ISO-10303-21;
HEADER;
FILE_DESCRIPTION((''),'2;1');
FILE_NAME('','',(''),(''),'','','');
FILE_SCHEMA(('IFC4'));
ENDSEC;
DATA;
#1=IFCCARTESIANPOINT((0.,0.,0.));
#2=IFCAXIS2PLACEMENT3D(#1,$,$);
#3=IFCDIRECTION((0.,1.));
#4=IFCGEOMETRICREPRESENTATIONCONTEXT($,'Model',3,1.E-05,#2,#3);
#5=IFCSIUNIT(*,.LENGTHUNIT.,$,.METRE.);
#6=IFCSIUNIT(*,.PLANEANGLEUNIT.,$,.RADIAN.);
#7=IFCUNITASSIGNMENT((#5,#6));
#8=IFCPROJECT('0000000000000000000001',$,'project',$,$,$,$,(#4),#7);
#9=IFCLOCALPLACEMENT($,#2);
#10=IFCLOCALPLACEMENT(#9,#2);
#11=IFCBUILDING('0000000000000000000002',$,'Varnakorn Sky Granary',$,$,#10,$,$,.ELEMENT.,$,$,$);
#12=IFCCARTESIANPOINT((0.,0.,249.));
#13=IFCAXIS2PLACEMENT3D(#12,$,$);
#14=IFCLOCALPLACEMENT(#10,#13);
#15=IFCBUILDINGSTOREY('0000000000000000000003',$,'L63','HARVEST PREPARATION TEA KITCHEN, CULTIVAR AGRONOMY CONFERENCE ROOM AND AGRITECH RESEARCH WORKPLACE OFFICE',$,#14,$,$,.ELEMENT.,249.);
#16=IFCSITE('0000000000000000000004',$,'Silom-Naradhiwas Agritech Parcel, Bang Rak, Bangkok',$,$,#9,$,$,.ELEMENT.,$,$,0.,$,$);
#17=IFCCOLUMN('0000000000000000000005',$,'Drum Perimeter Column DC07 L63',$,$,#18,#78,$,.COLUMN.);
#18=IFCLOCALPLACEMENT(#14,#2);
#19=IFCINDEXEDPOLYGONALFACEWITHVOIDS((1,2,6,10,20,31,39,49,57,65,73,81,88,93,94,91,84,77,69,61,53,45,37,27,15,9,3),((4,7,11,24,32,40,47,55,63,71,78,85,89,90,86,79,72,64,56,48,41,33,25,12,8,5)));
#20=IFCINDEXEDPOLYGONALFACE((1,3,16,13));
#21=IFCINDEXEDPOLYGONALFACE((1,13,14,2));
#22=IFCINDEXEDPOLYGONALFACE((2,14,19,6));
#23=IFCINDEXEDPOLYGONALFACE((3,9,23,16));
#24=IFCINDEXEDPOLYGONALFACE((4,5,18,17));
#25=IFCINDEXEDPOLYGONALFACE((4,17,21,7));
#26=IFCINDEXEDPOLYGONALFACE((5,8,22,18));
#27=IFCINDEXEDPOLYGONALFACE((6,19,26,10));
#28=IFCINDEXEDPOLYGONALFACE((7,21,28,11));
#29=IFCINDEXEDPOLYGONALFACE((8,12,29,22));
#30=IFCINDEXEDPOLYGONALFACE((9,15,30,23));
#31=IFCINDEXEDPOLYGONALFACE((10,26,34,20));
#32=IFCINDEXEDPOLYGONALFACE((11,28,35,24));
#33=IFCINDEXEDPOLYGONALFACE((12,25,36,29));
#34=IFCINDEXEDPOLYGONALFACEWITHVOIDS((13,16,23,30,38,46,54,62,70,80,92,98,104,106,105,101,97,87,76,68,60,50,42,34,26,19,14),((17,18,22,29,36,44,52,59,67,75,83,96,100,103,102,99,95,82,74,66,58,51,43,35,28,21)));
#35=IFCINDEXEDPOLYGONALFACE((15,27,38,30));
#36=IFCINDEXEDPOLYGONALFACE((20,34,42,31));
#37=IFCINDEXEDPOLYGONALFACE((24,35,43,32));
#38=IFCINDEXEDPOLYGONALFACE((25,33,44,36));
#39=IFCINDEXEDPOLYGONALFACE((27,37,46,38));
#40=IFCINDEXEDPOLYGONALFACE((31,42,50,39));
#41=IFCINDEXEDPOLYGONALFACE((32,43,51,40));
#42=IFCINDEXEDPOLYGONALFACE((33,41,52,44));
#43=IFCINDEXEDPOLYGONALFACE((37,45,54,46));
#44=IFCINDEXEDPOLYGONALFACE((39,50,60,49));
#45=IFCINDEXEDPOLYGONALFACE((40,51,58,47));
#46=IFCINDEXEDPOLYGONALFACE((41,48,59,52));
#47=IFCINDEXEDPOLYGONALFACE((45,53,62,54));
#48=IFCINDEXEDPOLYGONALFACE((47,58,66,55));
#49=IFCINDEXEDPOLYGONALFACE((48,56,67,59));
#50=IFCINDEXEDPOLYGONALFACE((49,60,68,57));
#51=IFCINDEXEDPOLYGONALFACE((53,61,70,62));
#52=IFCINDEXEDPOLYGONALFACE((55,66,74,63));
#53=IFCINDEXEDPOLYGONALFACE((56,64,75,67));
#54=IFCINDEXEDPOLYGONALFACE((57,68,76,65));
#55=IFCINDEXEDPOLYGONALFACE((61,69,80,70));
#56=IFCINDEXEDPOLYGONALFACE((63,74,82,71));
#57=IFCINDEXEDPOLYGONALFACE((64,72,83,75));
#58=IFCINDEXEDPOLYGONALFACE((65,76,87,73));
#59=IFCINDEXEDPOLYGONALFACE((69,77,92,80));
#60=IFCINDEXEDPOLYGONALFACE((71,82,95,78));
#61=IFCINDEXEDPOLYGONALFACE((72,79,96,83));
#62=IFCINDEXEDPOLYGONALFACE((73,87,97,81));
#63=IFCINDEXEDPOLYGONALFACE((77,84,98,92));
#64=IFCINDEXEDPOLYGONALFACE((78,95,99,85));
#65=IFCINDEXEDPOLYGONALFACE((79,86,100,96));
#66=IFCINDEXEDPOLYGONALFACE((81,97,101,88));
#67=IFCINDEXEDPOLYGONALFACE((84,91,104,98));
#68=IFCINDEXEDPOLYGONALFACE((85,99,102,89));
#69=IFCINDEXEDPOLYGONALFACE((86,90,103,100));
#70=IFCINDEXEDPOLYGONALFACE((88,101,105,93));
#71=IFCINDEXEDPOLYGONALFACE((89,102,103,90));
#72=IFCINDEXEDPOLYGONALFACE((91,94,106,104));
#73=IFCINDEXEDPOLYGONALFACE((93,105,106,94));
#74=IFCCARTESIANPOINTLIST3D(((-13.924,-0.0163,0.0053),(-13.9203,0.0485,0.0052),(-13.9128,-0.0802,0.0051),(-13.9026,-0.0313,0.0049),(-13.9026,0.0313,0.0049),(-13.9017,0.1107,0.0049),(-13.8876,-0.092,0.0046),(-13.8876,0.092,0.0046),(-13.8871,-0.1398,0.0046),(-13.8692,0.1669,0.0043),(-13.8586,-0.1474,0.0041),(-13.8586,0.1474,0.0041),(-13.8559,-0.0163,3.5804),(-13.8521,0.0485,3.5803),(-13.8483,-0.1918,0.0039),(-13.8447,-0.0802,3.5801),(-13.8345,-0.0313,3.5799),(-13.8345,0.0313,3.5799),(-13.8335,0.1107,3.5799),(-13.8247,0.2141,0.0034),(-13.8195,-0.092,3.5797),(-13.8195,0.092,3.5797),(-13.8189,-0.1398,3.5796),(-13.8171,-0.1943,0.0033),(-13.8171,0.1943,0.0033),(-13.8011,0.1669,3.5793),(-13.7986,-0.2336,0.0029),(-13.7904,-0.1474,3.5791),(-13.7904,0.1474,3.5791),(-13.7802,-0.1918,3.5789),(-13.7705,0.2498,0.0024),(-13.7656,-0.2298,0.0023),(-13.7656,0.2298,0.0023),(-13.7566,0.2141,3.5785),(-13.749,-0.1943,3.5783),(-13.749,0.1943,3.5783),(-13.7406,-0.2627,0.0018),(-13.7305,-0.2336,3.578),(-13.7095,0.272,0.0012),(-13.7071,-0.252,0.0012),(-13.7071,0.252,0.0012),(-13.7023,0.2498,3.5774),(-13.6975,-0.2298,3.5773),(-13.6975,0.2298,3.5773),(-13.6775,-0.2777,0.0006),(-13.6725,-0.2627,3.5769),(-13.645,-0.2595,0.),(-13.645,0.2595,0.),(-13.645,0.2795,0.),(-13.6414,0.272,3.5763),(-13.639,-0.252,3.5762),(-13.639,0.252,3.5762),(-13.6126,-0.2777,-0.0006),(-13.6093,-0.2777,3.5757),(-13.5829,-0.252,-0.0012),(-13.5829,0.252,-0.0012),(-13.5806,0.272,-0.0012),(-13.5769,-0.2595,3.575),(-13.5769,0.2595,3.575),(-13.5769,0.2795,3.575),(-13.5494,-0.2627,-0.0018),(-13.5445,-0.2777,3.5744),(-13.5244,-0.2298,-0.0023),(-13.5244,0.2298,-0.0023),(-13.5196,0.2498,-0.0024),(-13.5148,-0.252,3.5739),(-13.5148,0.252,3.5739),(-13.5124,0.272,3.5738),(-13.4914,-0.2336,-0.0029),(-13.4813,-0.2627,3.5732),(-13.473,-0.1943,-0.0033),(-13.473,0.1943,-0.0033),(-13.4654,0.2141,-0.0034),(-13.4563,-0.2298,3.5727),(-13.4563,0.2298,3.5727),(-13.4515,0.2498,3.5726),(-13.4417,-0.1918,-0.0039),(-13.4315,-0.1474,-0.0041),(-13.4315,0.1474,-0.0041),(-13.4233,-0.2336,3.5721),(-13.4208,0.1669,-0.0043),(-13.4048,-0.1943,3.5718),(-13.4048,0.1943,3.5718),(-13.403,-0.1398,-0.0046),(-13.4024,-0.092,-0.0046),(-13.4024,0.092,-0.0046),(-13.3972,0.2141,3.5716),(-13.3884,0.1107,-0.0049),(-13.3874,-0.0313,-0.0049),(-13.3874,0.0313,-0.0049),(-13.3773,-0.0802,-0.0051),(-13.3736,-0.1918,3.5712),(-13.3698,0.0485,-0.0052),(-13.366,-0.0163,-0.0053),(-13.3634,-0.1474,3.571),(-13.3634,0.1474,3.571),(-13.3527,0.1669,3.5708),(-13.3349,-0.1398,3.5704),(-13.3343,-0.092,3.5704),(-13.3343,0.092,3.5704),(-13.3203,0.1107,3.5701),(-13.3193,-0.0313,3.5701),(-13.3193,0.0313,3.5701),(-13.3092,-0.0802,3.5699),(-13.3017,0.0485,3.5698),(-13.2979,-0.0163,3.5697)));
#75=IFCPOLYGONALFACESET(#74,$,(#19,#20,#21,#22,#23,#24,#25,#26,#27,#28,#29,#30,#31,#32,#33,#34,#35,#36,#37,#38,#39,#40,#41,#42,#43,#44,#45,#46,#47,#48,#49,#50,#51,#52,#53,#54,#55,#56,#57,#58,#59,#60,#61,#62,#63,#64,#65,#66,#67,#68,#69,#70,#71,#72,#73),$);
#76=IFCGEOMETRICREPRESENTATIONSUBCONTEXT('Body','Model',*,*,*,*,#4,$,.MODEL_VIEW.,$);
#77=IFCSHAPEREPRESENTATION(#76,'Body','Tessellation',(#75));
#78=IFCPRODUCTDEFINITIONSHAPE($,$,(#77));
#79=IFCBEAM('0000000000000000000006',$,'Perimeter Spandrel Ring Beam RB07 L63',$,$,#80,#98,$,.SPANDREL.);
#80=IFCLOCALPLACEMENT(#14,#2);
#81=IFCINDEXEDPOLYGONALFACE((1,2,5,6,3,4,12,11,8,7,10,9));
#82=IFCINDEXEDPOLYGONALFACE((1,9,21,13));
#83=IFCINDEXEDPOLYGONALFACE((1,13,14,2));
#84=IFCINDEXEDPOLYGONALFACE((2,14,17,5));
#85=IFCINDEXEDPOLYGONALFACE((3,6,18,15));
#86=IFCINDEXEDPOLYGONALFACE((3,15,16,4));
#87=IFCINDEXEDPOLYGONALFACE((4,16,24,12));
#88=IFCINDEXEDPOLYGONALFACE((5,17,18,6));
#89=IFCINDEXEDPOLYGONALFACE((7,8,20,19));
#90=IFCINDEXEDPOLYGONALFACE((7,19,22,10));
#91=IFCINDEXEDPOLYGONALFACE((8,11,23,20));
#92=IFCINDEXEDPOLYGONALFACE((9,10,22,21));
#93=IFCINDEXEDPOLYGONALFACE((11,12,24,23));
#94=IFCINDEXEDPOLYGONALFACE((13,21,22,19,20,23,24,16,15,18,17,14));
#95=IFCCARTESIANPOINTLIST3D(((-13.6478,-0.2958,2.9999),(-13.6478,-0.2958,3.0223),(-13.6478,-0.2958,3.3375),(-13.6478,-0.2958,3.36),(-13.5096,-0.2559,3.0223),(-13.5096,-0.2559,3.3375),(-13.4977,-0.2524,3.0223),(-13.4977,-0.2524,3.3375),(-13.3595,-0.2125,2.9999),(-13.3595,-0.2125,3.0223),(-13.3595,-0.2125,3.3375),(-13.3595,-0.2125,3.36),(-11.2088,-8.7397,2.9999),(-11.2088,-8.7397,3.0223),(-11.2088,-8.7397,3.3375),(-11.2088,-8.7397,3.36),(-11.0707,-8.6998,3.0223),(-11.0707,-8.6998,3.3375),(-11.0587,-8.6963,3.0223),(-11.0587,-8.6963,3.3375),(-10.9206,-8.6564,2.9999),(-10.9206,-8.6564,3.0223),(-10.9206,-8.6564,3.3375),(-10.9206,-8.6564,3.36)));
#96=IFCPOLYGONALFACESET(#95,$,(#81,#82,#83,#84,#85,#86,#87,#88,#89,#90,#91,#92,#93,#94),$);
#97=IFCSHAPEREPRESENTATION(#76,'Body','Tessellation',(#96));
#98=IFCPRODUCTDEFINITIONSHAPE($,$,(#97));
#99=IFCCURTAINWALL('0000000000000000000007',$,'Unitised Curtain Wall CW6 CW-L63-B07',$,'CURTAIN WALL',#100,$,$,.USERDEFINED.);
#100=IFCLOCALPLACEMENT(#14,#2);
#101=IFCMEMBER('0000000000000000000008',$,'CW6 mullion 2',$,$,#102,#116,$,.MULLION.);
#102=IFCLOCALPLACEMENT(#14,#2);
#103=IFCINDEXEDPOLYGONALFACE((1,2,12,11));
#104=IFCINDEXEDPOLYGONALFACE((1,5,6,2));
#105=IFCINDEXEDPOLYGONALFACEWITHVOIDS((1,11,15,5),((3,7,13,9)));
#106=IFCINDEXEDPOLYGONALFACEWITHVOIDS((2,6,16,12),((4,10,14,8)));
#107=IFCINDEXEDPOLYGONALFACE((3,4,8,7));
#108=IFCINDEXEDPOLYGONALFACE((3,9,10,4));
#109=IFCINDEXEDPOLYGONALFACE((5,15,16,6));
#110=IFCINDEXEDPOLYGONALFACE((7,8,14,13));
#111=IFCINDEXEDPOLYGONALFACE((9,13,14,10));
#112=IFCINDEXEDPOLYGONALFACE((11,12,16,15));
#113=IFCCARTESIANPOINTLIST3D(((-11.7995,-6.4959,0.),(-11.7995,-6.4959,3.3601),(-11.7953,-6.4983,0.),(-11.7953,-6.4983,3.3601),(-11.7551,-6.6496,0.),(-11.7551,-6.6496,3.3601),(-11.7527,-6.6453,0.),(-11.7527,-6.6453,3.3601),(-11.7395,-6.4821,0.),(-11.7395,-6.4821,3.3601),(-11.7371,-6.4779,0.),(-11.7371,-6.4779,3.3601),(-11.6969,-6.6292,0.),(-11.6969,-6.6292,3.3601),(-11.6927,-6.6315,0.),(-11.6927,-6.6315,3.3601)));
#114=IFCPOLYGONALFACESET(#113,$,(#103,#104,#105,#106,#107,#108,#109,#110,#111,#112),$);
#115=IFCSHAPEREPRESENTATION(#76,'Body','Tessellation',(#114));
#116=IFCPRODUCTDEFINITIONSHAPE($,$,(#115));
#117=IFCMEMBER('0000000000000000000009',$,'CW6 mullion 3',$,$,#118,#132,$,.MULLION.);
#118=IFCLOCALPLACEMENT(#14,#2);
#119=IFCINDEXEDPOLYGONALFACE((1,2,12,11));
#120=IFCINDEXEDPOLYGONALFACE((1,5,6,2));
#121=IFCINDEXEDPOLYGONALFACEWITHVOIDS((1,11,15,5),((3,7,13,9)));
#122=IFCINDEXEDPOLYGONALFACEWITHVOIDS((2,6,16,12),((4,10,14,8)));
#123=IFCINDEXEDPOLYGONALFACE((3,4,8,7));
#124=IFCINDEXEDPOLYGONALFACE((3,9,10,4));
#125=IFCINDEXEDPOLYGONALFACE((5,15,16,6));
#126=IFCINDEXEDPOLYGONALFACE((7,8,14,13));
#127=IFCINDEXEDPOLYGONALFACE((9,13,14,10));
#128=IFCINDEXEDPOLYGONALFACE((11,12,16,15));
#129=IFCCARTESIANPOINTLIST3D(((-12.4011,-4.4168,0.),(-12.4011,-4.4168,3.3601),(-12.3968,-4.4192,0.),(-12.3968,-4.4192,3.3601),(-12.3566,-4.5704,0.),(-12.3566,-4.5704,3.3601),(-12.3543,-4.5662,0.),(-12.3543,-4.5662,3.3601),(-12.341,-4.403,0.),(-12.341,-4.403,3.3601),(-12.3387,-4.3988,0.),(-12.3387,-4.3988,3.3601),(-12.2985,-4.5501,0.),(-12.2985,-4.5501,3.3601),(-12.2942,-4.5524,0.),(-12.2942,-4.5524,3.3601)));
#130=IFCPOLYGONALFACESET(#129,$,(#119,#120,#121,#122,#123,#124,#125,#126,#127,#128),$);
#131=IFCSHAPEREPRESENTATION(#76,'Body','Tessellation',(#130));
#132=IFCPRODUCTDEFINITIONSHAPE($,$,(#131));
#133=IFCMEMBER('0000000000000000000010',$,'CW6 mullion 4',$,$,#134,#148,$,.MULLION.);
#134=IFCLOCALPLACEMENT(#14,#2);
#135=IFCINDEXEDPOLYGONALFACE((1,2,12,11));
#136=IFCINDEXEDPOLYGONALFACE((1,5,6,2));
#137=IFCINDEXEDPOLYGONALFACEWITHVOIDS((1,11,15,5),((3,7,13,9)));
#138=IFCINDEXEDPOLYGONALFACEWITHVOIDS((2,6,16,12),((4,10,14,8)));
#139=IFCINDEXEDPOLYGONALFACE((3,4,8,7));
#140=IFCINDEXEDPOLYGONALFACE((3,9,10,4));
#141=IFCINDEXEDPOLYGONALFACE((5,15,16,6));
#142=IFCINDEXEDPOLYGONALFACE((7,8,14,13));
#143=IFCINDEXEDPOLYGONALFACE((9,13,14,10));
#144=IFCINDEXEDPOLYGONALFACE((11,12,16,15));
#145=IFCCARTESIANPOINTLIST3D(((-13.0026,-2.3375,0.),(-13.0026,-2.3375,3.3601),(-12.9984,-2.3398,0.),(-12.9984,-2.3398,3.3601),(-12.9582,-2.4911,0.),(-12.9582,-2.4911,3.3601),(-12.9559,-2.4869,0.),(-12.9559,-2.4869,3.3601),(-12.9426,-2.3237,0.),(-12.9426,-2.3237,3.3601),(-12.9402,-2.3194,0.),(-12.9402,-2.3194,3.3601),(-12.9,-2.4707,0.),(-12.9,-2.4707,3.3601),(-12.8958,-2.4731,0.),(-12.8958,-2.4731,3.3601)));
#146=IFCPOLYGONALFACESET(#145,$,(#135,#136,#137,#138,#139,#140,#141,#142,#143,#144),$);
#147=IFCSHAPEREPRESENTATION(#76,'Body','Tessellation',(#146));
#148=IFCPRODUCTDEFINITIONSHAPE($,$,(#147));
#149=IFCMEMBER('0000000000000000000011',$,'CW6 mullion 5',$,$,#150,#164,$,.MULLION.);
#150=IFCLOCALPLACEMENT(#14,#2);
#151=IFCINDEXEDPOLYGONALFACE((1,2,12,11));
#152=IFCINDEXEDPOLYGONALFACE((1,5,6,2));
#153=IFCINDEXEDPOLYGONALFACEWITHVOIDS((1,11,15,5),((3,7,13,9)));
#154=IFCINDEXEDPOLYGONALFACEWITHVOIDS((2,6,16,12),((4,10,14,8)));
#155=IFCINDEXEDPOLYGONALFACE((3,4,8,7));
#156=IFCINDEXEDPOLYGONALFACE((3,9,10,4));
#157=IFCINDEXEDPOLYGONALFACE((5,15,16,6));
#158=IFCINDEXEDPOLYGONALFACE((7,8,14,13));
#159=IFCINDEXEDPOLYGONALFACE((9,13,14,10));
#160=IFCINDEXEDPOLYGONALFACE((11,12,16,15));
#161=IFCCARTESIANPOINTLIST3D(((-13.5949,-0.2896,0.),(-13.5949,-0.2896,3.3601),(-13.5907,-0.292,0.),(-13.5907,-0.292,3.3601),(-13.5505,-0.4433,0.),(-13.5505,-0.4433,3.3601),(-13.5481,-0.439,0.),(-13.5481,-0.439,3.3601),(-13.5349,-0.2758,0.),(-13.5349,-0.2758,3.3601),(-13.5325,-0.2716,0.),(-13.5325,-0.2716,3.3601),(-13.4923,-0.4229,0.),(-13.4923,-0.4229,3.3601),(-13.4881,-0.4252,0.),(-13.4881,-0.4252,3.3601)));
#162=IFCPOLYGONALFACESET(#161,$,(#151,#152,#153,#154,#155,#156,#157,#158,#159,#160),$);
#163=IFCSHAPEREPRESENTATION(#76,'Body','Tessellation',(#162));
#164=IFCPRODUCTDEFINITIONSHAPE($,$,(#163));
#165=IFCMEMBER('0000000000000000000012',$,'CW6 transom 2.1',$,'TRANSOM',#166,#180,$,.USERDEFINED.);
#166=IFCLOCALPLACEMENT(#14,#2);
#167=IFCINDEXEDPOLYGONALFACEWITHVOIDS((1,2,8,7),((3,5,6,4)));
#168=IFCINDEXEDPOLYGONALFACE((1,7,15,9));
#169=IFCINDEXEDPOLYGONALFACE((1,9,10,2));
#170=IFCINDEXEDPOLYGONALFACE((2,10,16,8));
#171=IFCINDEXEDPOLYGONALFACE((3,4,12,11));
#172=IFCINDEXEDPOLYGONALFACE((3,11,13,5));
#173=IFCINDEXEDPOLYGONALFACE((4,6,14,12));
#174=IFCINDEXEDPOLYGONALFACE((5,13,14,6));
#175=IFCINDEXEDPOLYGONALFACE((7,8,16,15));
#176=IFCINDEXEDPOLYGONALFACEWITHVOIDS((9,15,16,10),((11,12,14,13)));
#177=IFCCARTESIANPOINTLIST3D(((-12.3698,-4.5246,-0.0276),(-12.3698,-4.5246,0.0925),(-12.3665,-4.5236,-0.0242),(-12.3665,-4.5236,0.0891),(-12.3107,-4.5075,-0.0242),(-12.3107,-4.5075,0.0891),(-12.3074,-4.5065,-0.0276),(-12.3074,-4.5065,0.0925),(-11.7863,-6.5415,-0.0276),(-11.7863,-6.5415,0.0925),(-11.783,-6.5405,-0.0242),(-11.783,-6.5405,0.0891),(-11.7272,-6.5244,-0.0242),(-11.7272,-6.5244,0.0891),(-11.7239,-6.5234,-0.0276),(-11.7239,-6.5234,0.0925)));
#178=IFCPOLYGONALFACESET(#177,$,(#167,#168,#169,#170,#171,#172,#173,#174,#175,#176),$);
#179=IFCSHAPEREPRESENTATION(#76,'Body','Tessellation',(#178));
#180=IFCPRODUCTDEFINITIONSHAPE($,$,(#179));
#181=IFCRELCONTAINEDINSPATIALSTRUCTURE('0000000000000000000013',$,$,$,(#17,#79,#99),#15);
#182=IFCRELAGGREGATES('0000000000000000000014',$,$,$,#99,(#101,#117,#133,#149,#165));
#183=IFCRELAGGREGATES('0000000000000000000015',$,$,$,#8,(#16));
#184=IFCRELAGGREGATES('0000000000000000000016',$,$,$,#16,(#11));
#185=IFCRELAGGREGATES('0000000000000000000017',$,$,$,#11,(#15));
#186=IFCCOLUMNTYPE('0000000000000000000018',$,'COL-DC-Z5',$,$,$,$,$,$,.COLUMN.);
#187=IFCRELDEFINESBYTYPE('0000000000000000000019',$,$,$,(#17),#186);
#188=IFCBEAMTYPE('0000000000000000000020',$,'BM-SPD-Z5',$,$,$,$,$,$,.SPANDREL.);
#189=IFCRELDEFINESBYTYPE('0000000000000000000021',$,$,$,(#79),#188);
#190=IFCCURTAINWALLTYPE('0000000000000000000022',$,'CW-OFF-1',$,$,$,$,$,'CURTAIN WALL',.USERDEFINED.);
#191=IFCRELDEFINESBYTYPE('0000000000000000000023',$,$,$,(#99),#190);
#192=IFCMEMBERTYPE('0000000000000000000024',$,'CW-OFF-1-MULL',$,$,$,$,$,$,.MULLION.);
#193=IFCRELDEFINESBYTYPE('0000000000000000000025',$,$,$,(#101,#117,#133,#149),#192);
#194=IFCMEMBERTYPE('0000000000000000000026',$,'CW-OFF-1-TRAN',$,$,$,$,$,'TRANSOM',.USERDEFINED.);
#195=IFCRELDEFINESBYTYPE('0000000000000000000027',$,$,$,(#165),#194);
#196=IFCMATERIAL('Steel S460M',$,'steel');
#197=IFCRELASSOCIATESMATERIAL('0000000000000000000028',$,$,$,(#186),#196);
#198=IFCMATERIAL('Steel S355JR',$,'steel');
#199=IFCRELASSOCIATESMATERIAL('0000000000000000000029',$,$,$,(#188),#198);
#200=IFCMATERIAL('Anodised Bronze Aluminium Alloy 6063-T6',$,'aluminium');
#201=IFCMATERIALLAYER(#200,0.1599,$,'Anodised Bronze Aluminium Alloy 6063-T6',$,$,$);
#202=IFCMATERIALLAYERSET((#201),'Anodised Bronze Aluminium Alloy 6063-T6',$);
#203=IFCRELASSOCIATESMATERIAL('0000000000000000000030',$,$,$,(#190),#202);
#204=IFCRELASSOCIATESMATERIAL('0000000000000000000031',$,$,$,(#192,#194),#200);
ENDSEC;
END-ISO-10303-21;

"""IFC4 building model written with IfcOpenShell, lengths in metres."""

from ifc_helpers import new_model, si_unit, direction, frame, origin, origin_2d, place, context, subcontext, project, spatial, hollow_rectangle, hollow_circle, i_section, extrude, material, layer, layer_set, material_profile, profile_set, type_object, element, aggregate, save


model = new_model("IFC4")

# Units and contexts
model_context = context("Model", 3, precision=1e-05, world=origin(), true_north=direction((0.0, 1.0)))
body_context = subcontext(model_context, "Body", "Model", "MODEL_VIEW")
ifc_project = project(units=[si_unit("LENGTHUNIT", "METRE"), si_unit("PLANEANGLEUNIT", "RADIAN")], contexts=[model_context])

# Site, building, storey
site_placement = place(None, origin())
site = spatial("IfcSite", under=ifc_project, at=site_placement, Name="Silom-Naradhiwas Agritech Parcel, Bang Rak, Bangkok", CompositionType="ELEMENT", RefElevation=0.0)
building_placement = place(site_placement, origin())
building = spatial("IfcBuilding", under=site, at=building_placement, Name="Varnakorn Sky Granary", CompositionType="ELEMENT")
storey_placement = place(building_placement, frame((0.0, 0.0, 249.0)))
storey = spatial("IfcBuildingStorey", under=building, at=storey_placement, Name="L63", Description="HARVEST PREPARATION TEA KITCHEN, CULTIVAR AGRONOMY CONFERENCE ROOM AND AGRITECH RESEARCH WORKPLACE OFFICE", CompositionType="ELEMENT", Elevation=249.0)

# Column
ifc_material_1 = material(Name="Steel S460M", Category="steel")
ifc_material_profile_1 = material_profile(ifc_material_1, hollow_circle(Radius=0.2795, WallThickness=0.02, at=origin_2d()), Name="CHS 559x20")
ifc_profile_set_1 = profile_set([ifc_material_profile_1], Name="Steel S460M")
column_type = type_object("IfcColumnType", Name="COL-DC-Z5", PredefinedType="COLUMN", material=ifc_profile_set_1)
column_placement = place(storey_placement, frame((-13.645, 0.0, 0.0), z_axis=(0.01905, 0.0, 0.999819), x_axis=(0.0, 1.0, 0.0)))
element("IfcColumn", 1, at=column_placement, inside=storey, type_object=column_type, Name="Drum Perimeter Column DC07 L63", PredefinedType="COLUMN", context=body_context, shape_type="SweptSolid", body=[
    extrude(hollow_circle(Radius=0.2795, WallThickness=0.02, at=origin_2d()), origin(), (0.0, 0.0, 1.0), 3.5757),
])

# Beam
ifc_material_2 = material(Name="Steel S355JR", Category="steel")
ifc_material_profile_2 = material_profile(ifc_material_2, i_section(OverallWidth=0.3, OverallDepth=0.3601, WebThickness=0.0125, FlangeThickness=0.0225, at=origin_2d()), Name="HE 360 B")
ifc_profile_set_2 = profile_set([ifc_material_profile_2], Name="Steel S355JR")
beam_type = type_object("IfcBeamType", Name="BM-SPD-Z5", PredefinedType="SPANDREL", material=ifc_profile_set_2)
beam_placement = place(storey_placement, frame((-13.5037, -0.2542, 3.1799), z_axis=(0.277501, -0.960725, 0.0), x_axis=(0.960725, 0.277501, 0.0)))
element("IfcBeam", 2, at=beam_placement, inside=storey, type_object=beam_type, Name="Perimeter Spandrel Ring Beam RB07 L63", PredefinedType="SPANDREL", context=body_context, shape_type="SweptSolid", body=[
    extrude(i_section(OverallWidth=0.3, OverallDepth=0.3601, WebThickness=0.0125, FlangeThickness=0.0225, at=origin_2d()), origin(), (0.0, 0.0, 1.0), 8.7891),
])

# Curtain wall, members
ifc_material_3 = material(Name="Anodised Bronze Aluminium Alloy 6063-T6", Category="aluminium")
ifc_layer_1 = layer(ifc_material_3, 0.1599, Name="Anodised Bronze Aluminium Alloy 6063-T6")
ifc_layer_set_1 = layer_set([ifc_layer_1], Name="Anodised Bronze Aluminium Alloy 6063-T6")
curtain_wall_type = type_object("IfcCurtainWallType", Name="CW-OFF-1", ElementType="CURTAIN WALL", PredefinedType="USERDEFINED", material=ifc_layer_set_1)
curtain_wall_placement = place(storey_placement, origin())
curtain_wall = element("IfcCurtainWall", 3, at=curtain_wall_placement, inside=storey, type_object=curtain_wall_type, Name="Unitised Curtain Wall CW6 CW-L63-B07", ObjectType="CURTAIN WALL", PredefinedType="USERDEFINED")
ifc_material_profile_3 = material_profile(ifc_material_3, hollow_rectangle(XDim=0.0649, YDim=0.1599, WallThickness=0.0034, at=origin_2d()), Name="ALU MULL 65x160")
ifc_profile_set_3 = profile_set([ifc_material_profile_3], Name="Anodised Bronze Aluminium Alloy 6063-T6")
member_type_1 = type_object("IfcMemberType", Name="CW-OFF-1-MULL", PredefinedType="MULLION", material=ifc_profile_set_3)
member_1_placement = place(storey_placement, frame((-11.7461, -6.5637, 0.0), z_axis=(0.0, 0.0, 1.0), x_axis=(-0.96061, -0.277899, 0.0)))
member_1 = element("IfcMember", 4, at=member_1_placement, type_object=member_type_1, Name="CW6 mullion 2", PredefinedType="MULLION", context=body_context, shape_type="SweptSolid", body=[
    extrude(hollow_rectangle(XDim=0.0649, YDim=0.1599, WallThickness=0.0034, at=origin_2d()), origin(), (0.0, 0.0, 1.0), 3.3601),
])
member_2_placement = place(storey_placement, frame((-12.3477, -4.4846, 0.0), z_axis=(0.0, 0.0, 1.0), x_axis=(-0.96061, -0.277899, 0.0)))
member_2 = element("IfcMember", 5, at=member_2_placement, type_object=member_type_1, Name="CW6 mullion 3", PredefinedType="MULLION", context=body_context, shape_type="SweptSolid", body=[
    extrude(hollow_rectangle(XDim=0.0649, YDim=0.1599, WallThickness=0.0034, at=origin_2d()), origin(), (0.0, 0.0, 1.0), 3.3601),
])
member_3_placement = place(storey_placement, frame((-12.9492, -2.4053, 0.0), z_axis=(0.0, 0.0, 1.0), x_axis=(-0.96061, -0.277899, 0.0)))
member_3 = element("IfcMember", 6, at=member_3_placement, type_object=member_type_1, Name="CW6 mullion 4", PredefinedType="MULLION", context=body_context, shape_type="SweptSolid", body=[
    extrude(hollow_rectangle(XDim=0.0649, YDim=0.1599, WallThickness=0.0034, at=origin_2d()), origin(), (0.0, 0.0, 1.0), 3.3601),
])
member_4_placement = place(storey_placement, frame((-13.5415, -0.3574, 0.0), z_axis=(0.0, 0.0, 1.0), x_axis=(-0.96061, -0.277899, 0.0)))
member_4 = element("IfcMember", 7, at=member_4_placement, type_object=member_type_1, Name="CW6 mullion 5", PredefinedType="MULLION", context=body_context, shape_type="SweptSolid", body=[
    extrude(hollow_rectangle(XDim=0.0649, YDim=0.1599, WallThickness=0.0034, at=origin_2d()), origin(), (0.0, 0.0, 1.0), 3.3601),
])
ifc_material_profile_4 = material_profile(ifc_material_3, hollow_rectangle(XDim=0.0649, YDim=0.1201, WallThickness=0.0034, at=origin_2d()), Name="ALU TRAN 65x120")
ifc_profile_set_4 = profile_set([ifc_material_profile_4], Name="Anodised Bronze Aluminium Alloy 6063-T6")
member_type_2 = type_object("IfcMemberType", Name="CW-OFF-1-TRAN", ElementType="TRANSOM", PredefinedType="USERDEFINED", material=ifc_profile_set_4)
member_5_placement = place(storey_placement, frame((-11.7551, -6.5325, 0.0325), z_axis=(-0.277914, 0.960606, 0.0), x_axis=(-0.960606, -0.277914, 0.0)))
member_5 = element("IfcMember", 8, at=member_5_placement, type_object=member_type_2, Name="CW6 transom 2.1", ObjectType="TRANSOM", PredefinedType="USERDEFINED", context=body_context, shape_type="SweptSolid", body=[
    extrude(hollow_rectangle(XDim=0.0649, YDim=0.1201, WallThickness=0.0034, at=origin_2d()), origin(), (0.0, 0.0, 1.0), 2.0996),
])

aggregate(curtain_wall, [member_1, member_2, member_3, member_4, member_5])

save(model, "model.ifc")
